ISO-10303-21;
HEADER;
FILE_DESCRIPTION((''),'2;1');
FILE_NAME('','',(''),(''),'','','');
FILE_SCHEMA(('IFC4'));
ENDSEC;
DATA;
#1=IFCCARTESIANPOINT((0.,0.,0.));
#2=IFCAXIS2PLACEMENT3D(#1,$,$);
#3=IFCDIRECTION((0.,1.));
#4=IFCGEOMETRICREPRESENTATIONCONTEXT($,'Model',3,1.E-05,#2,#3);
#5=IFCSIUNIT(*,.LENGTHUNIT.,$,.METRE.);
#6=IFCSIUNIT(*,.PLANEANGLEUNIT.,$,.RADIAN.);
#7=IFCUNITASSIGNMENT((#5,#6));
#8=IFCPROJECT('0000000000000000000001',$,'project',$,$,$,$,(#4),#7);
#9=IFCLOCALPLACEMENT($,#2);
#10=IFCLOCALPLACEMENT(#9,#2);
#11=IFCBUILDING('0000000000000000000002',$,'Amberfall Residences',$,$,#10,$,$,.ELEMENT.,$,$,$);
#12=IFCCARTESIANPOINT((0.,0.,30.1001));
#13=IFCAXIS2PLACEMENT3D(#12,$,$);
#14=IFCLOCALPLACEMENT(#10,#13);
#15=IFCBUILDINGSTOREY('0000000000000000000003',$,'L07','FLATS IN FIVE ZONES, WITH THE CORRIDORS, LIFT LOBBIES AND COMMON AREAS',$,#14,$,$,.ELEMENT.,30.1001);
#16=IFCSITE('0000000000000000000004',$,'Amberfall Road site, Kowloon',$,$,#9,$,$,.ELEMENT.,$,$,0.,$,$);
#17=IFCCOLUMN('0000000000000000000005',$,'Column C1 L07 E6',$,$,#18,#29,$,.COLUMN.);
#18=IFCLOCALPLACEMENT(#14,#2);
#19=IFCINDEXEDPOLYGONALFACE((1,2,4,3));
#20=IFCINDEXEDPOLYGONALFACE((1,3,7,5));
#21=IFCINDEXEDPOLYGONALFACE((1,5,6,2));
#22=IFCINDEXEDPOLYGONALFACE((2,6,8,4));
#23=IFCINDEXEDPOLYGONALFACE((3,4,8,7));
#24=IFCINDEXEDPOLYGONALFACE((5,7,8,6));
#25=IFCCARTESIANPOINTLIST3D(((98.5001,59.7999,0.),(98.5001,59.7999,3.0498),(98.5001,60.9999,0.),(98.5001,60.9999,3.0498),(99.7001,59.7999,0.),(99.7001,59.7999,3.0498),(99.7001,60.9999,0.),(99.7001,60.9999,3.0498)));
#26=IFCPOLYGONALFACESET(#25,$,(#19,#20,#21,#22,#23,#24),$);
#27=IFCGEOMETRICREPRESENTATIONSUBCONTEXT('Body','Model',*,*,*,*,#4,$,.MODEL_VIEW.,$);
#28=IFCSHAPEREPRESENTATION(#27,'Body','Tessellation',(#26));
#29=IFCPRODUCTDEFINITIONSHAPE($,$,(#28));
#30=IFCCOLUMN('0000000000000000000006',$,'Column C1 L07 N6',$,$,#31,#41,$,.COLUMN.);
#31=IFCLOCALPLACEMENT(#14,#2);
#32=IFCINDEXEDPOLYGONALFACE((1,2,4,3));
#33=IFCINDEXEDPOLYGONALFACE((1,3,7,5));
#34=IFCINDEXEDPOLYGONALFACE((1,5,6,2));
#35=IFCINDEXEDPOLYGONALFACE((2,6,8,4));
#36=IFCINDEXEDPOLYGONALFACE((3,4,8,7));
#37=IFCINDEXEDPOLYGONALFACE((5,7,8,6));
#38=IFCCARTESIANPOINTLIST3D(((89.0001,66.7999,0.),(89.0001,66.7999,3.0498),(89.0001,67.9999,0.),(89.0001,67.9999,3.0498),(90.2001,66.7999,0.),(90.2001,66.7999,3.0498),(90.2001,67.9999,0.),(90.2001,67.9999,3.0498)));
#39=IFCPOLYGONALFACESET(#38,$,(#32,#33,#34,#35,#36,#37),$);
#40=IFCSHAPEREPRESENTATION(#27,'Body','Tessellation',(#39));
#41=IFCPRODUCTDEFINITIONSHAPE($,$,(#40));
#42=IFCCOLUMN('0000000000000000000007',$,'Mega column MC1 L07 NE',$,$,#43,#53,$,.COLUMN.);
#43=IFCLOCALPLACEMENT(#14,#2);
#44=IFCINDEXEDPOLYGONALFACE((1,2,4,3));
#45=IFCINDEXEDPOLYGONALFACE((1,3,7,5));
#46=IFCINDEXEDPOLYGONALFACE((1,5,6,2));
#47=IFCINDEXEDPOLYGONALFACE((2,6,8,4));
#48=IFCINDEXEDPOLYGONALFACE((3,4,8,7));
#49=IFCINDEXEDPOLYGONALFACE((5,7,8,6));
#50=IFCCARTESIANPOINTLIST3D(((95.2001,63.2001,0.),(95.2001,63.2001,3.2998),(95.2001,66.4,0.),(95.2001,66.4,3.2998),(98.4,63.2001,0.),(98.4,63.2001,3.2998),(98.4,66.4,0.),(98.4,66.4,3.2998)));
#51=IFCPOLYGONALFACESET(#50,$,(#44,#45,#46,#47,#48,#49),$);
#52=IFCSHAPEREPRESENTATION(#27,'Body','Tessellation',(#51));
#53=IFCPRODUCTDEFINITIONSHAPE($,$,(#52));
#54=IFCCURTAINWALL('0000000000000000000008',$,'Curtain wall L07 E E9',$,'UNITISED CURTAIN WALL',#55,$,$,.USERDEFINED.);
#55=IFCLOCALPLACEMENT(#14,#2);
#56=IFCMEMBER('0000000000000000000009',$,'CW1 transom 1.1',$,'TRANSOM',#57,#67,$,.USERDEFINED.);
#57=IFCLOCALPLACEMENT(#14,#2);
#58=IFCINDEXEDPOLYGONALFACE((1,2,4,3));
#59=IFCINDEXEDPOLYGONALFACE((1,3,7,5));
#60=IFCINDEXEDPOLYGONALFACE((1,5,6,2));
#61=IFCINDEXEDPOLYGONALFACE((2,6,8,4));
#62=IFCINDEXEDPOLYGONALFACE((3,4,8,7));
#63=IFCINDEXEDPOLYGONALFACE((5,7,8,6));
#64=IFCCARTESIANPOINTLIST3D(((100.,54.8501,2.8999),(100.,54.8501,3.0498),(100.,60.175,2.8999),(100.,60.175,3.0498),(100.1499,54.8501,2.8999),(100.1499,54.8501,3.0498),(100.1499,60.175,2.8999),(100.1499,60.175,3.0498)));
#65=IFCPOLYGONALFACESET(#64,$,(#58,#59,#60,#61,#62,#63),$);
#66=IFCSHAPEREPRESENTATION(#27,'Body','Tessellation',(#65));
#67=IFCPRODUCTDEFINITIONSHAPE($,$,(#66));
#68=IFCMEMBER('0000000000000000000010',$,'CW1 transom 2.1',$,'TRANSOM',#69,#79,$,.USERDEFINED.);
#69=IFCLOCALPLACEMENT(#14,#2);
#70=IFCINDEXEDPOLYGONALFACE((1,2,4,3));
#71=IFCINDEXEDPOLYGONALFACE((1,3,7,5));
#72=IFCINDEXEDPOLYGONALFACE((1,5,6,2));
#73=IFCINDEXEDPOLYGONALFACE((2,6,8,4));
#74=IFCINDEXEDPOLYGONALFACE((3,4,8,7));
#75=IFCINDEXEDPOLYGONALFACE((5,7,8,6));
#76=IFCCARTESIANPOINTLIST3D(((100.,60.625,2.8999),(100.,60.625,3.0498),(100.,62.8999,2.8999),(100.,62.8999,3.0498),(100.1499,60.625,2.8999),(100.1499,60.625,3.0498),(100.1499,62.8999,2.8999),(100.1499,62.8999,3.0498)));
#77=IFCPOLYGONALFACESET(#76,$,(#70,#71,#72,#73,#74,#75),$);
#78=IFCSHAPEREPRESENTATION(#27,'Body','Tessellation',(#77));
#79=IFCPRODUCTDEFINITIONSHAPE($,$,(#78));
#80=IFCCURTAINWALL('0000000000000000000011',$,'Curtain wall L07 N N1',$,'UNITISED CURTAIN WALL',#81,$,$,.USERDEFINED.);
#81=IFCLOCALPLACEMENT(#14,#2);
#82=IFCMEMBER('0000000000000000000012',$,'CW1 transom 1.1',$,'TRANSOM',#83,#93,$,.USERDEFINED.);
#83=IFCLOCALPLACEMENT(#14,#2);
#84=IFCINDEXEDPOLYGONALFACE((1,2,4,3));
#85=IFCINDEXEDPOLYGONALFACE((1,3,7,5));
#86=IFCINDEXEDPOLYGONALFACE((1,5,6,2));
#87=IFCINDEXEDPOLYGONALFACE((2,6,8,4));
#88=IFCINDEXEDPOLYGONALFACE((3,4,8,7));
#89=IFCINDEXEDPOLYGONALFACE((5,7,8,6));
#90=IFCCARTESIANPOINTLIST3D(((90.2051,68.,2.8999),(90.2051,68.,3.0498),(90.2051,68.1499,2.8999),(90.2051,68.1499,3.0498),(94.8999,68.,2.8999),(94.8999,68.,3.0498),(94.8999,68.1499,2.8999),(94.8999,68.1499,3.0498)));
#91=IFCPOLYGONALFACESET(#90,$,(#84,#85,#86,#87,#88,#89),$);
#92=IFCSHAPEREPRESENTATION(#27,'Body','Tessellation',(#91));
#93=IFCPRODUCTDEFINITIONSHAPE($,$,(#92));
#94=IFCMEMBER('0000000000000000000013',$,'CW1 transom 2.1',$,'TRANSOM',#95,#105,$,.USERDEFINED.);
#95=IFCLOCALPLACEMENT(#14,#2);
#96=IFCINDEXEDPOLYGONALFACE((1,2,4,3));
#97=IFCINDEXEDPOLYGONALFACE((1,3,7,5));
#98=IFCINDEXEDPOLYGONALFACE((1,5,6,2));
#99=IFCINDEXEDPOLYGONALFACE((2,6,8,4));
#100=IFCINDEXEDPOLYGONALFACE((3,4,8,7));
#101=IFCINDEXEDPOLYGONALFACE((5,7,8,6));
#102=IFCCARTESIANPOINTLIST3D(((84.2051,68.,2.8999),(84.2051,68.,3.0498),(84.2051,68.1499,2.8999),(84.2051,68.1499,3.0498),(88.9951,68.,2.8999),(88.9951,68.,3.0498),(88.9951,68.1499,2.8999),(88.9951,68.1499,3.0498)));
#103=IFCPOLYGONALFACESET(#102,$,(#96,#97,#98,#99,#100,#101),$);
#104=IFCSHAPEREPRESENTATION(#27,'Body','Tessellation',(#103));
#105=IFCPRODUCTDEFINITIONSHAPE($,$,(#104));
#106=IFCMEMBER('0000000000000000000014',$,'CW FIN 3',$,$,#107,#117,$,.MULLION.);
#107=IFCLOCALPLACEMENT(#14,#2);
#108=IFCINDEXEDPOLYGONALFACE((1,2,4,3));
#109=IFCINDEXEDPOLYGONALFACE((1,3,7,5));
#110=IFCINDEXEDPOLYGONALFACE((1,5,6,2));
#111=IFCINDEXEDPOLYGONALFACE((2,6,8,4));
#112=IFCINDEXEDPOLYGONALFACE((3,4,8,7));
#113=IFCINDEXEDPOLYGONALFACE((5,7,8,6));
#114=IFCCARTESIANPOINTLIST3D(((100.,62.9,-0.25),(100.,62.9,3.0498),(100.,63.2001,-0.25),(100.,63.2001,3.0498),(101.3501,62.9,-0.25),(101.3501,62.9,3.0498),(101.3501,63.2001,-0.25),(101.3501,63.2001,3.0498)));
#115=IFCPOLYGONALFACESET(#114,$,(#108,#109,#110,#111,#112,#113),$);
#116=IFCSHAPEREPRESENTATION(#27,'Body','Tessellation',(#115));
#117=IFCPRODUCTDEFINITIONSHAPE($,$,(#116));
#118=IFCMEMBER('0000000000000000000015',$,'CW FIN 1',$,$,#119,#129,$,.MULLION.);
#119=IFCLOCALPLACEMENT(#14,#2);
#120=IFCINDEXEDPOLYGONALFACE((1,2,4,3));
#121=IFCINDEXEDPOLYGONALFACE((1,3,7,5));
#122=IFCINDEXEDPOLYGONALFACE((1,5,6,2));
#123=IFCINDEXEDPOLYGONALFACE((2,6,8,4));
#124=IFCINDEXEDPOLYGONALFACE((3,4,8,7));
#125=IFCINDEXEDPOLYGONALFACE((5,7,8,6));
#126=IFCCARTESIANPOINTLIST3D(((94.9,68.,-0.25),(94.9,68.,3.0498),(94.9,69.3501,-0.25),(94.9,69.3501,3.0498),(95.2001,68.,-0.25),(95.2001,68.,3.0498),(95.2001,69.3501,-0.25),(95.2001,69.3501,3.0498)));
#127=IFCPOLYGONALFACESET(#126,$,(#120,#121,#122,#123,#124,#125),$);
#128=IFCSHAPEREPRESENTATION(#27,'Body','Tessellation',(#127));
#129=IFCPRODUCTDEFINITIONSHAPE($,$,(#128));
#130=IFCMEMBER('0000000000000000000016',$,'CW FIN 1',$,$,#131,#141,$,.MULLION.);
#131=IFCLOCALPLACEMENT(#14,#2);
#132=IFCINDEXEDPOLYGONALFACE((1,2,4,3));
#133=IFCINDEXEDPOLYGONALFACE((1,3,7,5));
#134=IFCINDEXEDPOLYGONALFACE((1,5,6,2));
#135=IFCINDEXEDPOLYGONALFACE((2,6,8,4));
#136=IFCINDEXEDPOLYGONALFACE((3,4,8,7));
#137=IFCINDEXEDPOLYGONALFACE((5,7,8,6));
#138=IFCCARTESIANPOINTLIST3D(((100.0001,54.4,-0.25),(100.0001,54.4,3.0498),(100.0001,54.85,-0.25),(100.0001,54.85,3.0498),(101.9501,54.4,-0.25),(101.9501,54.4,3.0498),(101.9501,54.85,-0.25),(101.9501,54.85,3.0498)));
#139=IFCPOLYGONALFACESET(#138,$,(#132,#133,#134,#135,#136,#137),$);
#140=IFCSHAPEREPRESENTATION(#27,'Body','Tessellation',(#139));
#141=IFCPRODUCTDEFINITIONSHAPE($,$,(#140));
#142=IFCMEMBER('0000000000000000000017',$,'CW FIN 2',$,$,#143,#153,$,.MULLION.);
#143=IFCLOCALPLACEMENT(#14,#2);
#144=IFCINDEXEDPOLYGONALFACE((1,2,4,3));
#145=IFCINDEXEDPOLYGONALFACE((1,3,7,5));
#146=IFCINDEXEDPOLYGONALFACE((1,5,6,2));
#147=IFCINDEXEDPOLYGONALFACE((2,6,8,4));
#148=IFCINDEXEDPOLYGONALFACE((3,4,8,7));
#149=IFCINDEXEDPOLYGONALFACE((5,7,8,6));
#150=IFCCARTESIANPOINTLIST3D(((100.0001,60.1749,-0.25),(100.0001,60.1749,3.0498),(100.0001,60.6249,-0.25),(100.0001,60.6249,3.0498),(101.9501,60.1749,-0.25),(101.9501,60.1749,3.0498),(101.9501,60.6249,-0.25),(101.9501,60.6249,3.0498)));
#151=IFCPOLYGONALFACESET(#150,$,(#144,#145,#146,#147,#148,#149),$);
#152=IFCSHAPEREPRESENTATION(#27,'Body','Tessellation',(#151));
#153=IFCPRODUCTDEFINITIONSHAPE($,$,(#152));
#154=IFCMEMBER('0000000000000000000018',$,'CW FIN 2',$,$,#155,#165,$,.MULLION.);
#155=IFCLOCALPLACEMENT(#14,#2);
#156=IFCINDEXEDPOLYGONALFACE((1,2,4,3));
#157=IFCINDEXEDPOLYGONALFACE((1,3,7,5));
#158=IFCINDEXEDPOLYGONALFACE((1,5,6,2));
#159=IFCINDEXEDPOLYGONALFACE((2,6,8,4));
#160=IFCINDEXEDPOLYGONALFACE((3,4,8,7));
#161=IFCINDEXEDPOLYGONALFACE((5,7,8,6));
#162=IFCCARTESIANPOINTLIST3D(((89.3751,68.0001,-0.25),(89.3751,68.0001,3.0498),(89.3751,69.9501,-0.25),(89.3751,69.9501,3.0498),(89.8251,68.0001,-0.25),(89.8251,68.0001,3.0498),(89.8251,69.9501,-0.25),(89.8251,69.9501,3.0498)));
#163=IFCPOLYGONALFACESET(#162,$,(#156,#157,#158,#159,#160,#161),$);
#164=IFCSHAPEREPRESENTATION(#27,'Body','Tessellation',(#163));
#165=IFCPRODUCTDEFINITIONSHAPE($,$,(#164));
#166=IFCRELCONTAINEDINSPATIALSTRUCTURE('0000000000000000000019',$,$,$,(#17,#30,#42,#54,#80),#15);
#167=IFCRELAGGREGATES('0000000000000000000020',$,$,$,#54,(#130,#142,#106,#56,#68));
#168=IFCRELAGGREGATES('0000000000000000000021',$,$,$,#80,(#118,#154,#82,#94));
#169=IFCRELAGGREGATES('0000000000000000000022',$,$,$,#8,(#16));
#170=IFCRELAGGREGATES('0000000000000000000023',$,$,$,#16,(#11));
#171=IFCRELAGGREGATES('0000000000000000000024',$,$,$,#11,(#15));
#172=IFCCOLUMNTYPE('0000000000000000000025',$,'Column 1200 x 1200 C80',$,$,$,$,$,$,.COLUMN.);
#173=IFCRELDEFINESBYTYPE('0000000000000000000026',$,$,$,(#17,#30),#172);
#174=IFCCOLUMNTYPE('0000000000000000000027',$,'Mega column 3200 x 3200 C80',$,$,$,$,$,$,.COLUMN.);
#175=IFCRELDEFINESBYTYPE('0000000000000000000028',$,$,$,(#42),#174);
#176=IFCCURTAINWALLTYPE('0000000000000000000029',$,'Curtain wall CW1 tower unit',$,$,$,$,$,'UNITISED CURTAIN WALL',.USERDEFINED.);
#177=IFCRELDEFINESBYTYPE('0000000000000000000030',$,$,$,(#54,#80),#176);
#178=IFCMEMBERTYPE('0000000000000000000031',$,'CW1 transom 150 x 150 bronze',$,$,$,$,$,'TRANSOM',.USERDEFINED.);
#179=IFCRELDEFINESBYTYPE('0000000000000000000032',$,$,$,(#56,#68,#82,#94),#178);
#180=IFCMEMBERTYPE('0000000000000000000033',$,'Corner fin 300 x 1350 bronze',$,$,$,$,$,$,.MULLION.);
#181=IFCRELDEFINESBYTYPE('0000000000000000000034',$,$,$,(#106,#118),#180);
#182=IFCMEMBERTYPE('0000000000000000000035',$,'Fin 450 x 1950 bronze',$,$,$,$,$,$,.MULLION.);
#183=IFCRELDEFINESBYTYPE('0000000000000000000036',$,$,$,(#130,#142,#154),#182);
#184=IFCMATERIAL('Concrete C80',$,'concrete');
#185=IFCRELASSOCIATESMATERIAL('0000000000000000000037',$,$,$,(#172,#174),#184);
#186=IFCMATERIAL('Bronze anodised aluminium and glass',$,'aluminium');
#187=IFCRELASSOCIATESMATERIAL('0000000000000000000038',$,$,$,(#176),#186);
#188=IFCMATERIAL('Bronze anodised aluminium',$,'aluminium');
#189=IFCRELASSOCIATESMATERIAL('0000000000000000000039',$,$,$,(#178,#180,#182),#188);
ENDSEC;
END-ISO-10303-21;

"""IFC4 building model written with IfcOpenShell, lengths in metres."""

from ifc_helpers import new_model, si_unit, direction, frame, origin, origin_2d, place, context, subcontext, project, spatial, rectangle, extrude, material, material_profile, profile_set, type_object, element, aggregate, save


model = new_model("IFC4")

# Units and contexts
model_context = context("Model", 3, precision=1e-05, world=origin(), true_north=direction((0.0, 1.0)))
body_context = subcontext(model_context, "Body", "Model", "MODEL_VIEW")
ifc_project = project(units=[si_unit("LENGTHUNIT", "METRE"), si_unit("PLANEANGLEUNIT", "RADIAN")], contexts=[model_context])

# Site, building, storey
site_placement = place(None, origin())
site = spatial("IfcSite", under=ifc_project, at=site_placement, Name="Amberfall Road site, Kowloon", CompositionType="ELEMENT", RefElevation=0.0)
building_placement = place(site_placement, origin())
building = spatial("IfcBuilding", under=site, at=building_placement, Name="Amberfall Residences", CompositionType="ELEMENT")
storey_placement = place(building_placement, frame((0.0, 0.0, 30.1001)))
storey = spatial("IfcBuildingStorey", under=building, at=storey_placement, Name="L07", Description="FLATS IN FIVE ZONES, WITH THE CORRIDORS, LIFT LOBBIES AND COMMON AREAS", CompositionType="ELEMENT", Elevation=30.1001)

# Columns
ifc_material_1 = material(Name="Concrete C80", Category="concrete")
ifc_material_profile_1 = material_profile(ifc_material_1, rectangle(XDim=1.2, YDim=1.2, at=origin_2d()), Name="Column 1200 x 1200 C80")
ifc_profile_set_1 = profile_set([ifc_material_profile_1], Name="Concrete C80")
column_type_1 = type_object("IfcColumnType", Name="Column 1200 x 1200 C80", PredefinedType="COLUMN", material=ifc_profile_set_1)
for number, where, z_axis, x_axis, name in (
    (1, (99.1001, 60.3999, 0.0), (0.0, 0.0, 1.0), (1.0, 0.0, 0.0), "Column C1 L07 E6"),
    (2, (89.6001, 67.3999, 0.0), (0.0, 0.0, 1.0), (1.0, 0.0, 0.0), "Column C1 L07 N6"),
):
    element("IfcColumn", number, at=place(storey_placement, frame(where, z_axis=z_axis, x_axis=x_axis)), inside=storey, type_object=column_type_1, Name=name, PredefinedType="COLUMN", context=body_context, shape_type="SweptSolid", body=[
        extrude(rectangle(XDim=1.2, YDim=1.2, at=origin_2d()), origin(), (0.0, 0.0, 1.0), 3.0498),
    ])
ifc_material_profile_2 = material_profile(ifc_material_1, rectangle(XDim=3.2, YDim=3.2, at=origin_2d()), Name="Mega column 3200 x 3200 C80")
ifc_profile_set_2 = profile_set([ifc_material_profile_2], Name="Concrete C80")
column_type_2 = type_object("IfcColumnType", Name="Mega column 3200 x 3200 C80", PredefinedType="COLUMN", material=ifc_profile_set_2)
column_placement = place(storey_placement, frame((96.8, 64.8, 0.0), z_axis=(0.0, 0.0, 1.0), x_axis=(1.0, 0.0, 0.0)))
element("IfcColumn", 3, at=column_placement, inside=storey, type_object=column_type_2, Name="Mega column MC1 L07 NE", PredefinedType="COLUMN", context=body_context, shape_type="SweptSolid", body=[
    extrude(rectangle(XDim=3.2, YDim=3.2, at=origin_2d()), origin(), (0.0, 0.0, 1.0), 3.2998),
])

# Curtain walls, members
ifc_material_2 = material(Name="Bronze anodised aluminium and glass", Category="aluminium")
curtain_wall_type = type_object("IfcCurtainWallType", Name="Curtain wall CW1 tower unit", ElementType="UNITISED CURTAIN WALL", PredefinedType="USERDEFINED", material=ifc_material_2)
curtain_wall_1_placement = place(storey_placement, origin())
curtain_wall_1 = element("IfcCurtainWall", 4, at=curtain_wall_1_placement, inside=storey, type_object=curtain_wall_type, Name="Curtain wall L07 E E9", ObjectType="UNITISED CURTAIN WALL", PredefinedType="USERDEFINED")
ifc_material_3 = material(Name="Bronze anodised aluminium", Category="aluminium")
ifc_material_profile_3 = material_profile(ifc_material_3, rectangle(XDim=0.1499, YDim=0.1499, at=origin_2d()), Name="CW1 transom 150 x 150 bronze")
ifc_profile_set_3 = profile_set([ifc_material_profile_3], Name="Bronze anodised aluminium")
member_type_1 = type_object("IfcMemberType", Name="CW1 transom 150 x 150 bronze", ElementType="TRANSOM", PredefinedType="USERDEFINED", material=ifc_profile_set_3)
member_1_placement = place(storey_placement, frame((100.075, 54.8501, 2.9749), z_axis=(0.0, 1.0, 0.0), x_axis=(-1.0, 0.0, 0.0)))
member_1 = element("IfcMember", 5, at=member_1_placement, type_object=member_type_1, Name="CW1 transom 1.1", ObjectType="TRANSOM", PredefinedType="USERDEFINED", context=body_context, shape_type="SweptSolid", body=[
    extrude(rectangle(XDim=0.1499, YDim=0.1499, at=origin_2d()), origin(), (0.0, 0.0, 1.0), 5.325),
])
member_2_placement = place(storey_placement, frame((100.075, 60.625, 2.9749), z_axis=(0.0, 1.0, 0.0), x_axis=(-1.0, 0.0, 0.0)))
member_2 = element("IfcMember", 6, at=member_2_placement, type_object=member_type_1, Name="CW1 transom 2.1", ObjectType="TRANSOM", PredefinedType="USERDEFINED", context=body_context, shape_type="SweptSolid", body=[
    extrude(rectangle(XDim=0.1499, YDim=0.1499, at=origin_2d()), origin(), (0.0, 0.0, 1.0), 2.2749),
])
curtain_wall_2_placement = place(storey_placement, origin())
curtain_wall_2 = element("IfcCurtainWall", 7, at=curtain_wall_2_placement, inside=storey, type_object=curtain_wall_type, Name="Curtain wall L07 N N1", ObjectType="UNITISED CURTAIN WALL", PredefinedType="USERDEFINED")
member_3_placement = place(storey_placement, frame((94.8999, 68.075, 2.9749), z_axis=(-1.0, 0.0, 0.0), x_axis=(0.0, -1.0, 0.0)))
member_3 = element("IfcMember", 8, at=member_3_placement, type_object=member_type_1, Name="CW1 transom 1.1", ObjectType="TRANSOM", PredefinedType="USERDEFINED", context=body_context, shape_type="SweptSolid", body=[
    extrude(rectangle(XDim=0.1499, YDim=0.1499, at=origin_2d()), origin(), (0.0, 0.0, 1.0), 4.6948),
])
member_4_placement = place(storey_placement, frame((88.9951, 68.075, 2.9749), z_axis=(-1.0, 0.0, 0.0), x_axis=(0.0, -1.0, 0.0)))
member_4 = element("IfcMember", 9, at=member_4_placement, type_object=member_type_1, Name="CW1 transom 2.1", ObjectType="TRANSOM", PredefinedType="USERDEFINED", context=body_context, shape_type="SweptSolid", body=[
    extrude(rectangle(XDim=0.1499, YDim=0.1499, at=origin_2d()), origin(), (0.0, 0.0, 1.0), 4.79),
])

# Members
ifc_material_profile_4 = material_profile(ifc_material_3, rectangle(XDim=1.3501, YDim=0.3, at=origin_2d()), Name="Corner fin 300 x 1350 bronze")
ifc_profile_set_4 = profile_set([ifc_material_profile_4], Name="Bronze anodised aluminium")
member_type_2 = type_object("IfcMemberType", Name="Corner fin 300 x 1350 bronze", PredefinedType="MULLION", material=ifc_profile_set_4)
member_5_placement = place(storey_placement, frame((100.675, 63.05, -0.25), z_axis=(0.0, 0.0, 1.0), x_axis=(-1.0, 0.0, 0.0)))
member_5 = element("IfcMember", 10, at=member_5_placement, type_object=member_type_2, Name="CW FIN 3", PredefinedType="MULLION", context=body_context, shape_type="SweptSolid", body=[
    extrude(rectangle(XDim=1.3501, YDim=0.3, at=origin_2d()), origin(), (0.0, 0.0, 1.0), 3.2998),
])
member_6_placement = place(storey_placement, frame((95.05, 68.675, -0.25), z_axis=(0.0, 0.0, 1.0), x_axis=(0.0, -1.0, 0.0)))
member_6 = element("IfcMember", 11, at=member_6_placement, type_object=member_type_2, Name="CW FIN 1", PredefinedType="MULLION", context=body_context, shape_type="SweptSolid", body=[
    extrude(rectangle(XDim=1.3501, YDim=0.3, at=origin_2d()), origin(), (0.0, 0.0, 1.0), 3.2998),
])
ifc_material_profile_5 = material_profile(ifc_material_3, rectangle(XDim=1.95, YDim=0.45, at=origin_2d()), Name="Fin 450 x 1950 bronze")
ifc_profile_set_5 = profile_set([ifc_material_profile_5], Name="Bronze anodised aluminium")
member_type_3 = type_object("IfcMemberType", Name="Fin 450 x 1950 bronze", PredefinedType="MULLION", material=ifc_profile_set_5)
member_7_placement = place(storey_placement, frame((100.9751, 54.625, -0.25), z_axis=(0.0, 0.0, 1.0), x_axis=(-1.0, 0.0, 0.0)))
member_7 = element("IfcMember", 12, at=member_7_placement, type_object=member_type_3, Name="CW FIN 1", PredefinedType="MULLION", context=body_context, shape_type="SweptSolid", body=[
    extrude(rectangle(XDim=1.95, YDim=0.45, at=origin_2d()), origin(), (0.0, 0.0, 1.0), 3.2998),
])
member_8_placement = place(storey_placement, frame((100.9751, 60.3999, -0.25), z_axis=(0.0, 0.0, 1.0), x_axis=(-1.0, 0.0, 0.0)))
member_8 = element("IfcMember", 13, at=member_8_placement, type_object=member_type_3, Name="CW FIN 2", PredefinedType="MULLION", context=body_context, shape_type="SweptSolid", body=[
    extrude(rectangle(XDim=1.95, YDim=0.45, at=origin_2d()), origin(), (0.0, 0.0, 1.0), 3.2998),
])
member_9_placement = place(storey_placement, frame((89.6001, 68.9751, -0.25), z_axis=(0.0, 0.0, 1.0), x_axis=(0.0, -1.0, 0.0)))
member_9 = element("IfcMember", 14, at=member_9_placement, type_object=member_type_3, Name="CW FIN 2", PredefinedType="MULLION", context=body_context, shape_type="SweptSolid", body=[
    extrude(rectangle(XDim=1.95, YDim=0.45, at=origin_2d()), origin(), (0.0, 0.0, 1.0), 3.2998),
])

aggregate(curtain_wall_1, [member_7, member_8, member_5, member_1, member_2])
aggregate(curtain_wall_2, [member_6, member_9, member_3, member_4])

save(model, "model.ifc")
